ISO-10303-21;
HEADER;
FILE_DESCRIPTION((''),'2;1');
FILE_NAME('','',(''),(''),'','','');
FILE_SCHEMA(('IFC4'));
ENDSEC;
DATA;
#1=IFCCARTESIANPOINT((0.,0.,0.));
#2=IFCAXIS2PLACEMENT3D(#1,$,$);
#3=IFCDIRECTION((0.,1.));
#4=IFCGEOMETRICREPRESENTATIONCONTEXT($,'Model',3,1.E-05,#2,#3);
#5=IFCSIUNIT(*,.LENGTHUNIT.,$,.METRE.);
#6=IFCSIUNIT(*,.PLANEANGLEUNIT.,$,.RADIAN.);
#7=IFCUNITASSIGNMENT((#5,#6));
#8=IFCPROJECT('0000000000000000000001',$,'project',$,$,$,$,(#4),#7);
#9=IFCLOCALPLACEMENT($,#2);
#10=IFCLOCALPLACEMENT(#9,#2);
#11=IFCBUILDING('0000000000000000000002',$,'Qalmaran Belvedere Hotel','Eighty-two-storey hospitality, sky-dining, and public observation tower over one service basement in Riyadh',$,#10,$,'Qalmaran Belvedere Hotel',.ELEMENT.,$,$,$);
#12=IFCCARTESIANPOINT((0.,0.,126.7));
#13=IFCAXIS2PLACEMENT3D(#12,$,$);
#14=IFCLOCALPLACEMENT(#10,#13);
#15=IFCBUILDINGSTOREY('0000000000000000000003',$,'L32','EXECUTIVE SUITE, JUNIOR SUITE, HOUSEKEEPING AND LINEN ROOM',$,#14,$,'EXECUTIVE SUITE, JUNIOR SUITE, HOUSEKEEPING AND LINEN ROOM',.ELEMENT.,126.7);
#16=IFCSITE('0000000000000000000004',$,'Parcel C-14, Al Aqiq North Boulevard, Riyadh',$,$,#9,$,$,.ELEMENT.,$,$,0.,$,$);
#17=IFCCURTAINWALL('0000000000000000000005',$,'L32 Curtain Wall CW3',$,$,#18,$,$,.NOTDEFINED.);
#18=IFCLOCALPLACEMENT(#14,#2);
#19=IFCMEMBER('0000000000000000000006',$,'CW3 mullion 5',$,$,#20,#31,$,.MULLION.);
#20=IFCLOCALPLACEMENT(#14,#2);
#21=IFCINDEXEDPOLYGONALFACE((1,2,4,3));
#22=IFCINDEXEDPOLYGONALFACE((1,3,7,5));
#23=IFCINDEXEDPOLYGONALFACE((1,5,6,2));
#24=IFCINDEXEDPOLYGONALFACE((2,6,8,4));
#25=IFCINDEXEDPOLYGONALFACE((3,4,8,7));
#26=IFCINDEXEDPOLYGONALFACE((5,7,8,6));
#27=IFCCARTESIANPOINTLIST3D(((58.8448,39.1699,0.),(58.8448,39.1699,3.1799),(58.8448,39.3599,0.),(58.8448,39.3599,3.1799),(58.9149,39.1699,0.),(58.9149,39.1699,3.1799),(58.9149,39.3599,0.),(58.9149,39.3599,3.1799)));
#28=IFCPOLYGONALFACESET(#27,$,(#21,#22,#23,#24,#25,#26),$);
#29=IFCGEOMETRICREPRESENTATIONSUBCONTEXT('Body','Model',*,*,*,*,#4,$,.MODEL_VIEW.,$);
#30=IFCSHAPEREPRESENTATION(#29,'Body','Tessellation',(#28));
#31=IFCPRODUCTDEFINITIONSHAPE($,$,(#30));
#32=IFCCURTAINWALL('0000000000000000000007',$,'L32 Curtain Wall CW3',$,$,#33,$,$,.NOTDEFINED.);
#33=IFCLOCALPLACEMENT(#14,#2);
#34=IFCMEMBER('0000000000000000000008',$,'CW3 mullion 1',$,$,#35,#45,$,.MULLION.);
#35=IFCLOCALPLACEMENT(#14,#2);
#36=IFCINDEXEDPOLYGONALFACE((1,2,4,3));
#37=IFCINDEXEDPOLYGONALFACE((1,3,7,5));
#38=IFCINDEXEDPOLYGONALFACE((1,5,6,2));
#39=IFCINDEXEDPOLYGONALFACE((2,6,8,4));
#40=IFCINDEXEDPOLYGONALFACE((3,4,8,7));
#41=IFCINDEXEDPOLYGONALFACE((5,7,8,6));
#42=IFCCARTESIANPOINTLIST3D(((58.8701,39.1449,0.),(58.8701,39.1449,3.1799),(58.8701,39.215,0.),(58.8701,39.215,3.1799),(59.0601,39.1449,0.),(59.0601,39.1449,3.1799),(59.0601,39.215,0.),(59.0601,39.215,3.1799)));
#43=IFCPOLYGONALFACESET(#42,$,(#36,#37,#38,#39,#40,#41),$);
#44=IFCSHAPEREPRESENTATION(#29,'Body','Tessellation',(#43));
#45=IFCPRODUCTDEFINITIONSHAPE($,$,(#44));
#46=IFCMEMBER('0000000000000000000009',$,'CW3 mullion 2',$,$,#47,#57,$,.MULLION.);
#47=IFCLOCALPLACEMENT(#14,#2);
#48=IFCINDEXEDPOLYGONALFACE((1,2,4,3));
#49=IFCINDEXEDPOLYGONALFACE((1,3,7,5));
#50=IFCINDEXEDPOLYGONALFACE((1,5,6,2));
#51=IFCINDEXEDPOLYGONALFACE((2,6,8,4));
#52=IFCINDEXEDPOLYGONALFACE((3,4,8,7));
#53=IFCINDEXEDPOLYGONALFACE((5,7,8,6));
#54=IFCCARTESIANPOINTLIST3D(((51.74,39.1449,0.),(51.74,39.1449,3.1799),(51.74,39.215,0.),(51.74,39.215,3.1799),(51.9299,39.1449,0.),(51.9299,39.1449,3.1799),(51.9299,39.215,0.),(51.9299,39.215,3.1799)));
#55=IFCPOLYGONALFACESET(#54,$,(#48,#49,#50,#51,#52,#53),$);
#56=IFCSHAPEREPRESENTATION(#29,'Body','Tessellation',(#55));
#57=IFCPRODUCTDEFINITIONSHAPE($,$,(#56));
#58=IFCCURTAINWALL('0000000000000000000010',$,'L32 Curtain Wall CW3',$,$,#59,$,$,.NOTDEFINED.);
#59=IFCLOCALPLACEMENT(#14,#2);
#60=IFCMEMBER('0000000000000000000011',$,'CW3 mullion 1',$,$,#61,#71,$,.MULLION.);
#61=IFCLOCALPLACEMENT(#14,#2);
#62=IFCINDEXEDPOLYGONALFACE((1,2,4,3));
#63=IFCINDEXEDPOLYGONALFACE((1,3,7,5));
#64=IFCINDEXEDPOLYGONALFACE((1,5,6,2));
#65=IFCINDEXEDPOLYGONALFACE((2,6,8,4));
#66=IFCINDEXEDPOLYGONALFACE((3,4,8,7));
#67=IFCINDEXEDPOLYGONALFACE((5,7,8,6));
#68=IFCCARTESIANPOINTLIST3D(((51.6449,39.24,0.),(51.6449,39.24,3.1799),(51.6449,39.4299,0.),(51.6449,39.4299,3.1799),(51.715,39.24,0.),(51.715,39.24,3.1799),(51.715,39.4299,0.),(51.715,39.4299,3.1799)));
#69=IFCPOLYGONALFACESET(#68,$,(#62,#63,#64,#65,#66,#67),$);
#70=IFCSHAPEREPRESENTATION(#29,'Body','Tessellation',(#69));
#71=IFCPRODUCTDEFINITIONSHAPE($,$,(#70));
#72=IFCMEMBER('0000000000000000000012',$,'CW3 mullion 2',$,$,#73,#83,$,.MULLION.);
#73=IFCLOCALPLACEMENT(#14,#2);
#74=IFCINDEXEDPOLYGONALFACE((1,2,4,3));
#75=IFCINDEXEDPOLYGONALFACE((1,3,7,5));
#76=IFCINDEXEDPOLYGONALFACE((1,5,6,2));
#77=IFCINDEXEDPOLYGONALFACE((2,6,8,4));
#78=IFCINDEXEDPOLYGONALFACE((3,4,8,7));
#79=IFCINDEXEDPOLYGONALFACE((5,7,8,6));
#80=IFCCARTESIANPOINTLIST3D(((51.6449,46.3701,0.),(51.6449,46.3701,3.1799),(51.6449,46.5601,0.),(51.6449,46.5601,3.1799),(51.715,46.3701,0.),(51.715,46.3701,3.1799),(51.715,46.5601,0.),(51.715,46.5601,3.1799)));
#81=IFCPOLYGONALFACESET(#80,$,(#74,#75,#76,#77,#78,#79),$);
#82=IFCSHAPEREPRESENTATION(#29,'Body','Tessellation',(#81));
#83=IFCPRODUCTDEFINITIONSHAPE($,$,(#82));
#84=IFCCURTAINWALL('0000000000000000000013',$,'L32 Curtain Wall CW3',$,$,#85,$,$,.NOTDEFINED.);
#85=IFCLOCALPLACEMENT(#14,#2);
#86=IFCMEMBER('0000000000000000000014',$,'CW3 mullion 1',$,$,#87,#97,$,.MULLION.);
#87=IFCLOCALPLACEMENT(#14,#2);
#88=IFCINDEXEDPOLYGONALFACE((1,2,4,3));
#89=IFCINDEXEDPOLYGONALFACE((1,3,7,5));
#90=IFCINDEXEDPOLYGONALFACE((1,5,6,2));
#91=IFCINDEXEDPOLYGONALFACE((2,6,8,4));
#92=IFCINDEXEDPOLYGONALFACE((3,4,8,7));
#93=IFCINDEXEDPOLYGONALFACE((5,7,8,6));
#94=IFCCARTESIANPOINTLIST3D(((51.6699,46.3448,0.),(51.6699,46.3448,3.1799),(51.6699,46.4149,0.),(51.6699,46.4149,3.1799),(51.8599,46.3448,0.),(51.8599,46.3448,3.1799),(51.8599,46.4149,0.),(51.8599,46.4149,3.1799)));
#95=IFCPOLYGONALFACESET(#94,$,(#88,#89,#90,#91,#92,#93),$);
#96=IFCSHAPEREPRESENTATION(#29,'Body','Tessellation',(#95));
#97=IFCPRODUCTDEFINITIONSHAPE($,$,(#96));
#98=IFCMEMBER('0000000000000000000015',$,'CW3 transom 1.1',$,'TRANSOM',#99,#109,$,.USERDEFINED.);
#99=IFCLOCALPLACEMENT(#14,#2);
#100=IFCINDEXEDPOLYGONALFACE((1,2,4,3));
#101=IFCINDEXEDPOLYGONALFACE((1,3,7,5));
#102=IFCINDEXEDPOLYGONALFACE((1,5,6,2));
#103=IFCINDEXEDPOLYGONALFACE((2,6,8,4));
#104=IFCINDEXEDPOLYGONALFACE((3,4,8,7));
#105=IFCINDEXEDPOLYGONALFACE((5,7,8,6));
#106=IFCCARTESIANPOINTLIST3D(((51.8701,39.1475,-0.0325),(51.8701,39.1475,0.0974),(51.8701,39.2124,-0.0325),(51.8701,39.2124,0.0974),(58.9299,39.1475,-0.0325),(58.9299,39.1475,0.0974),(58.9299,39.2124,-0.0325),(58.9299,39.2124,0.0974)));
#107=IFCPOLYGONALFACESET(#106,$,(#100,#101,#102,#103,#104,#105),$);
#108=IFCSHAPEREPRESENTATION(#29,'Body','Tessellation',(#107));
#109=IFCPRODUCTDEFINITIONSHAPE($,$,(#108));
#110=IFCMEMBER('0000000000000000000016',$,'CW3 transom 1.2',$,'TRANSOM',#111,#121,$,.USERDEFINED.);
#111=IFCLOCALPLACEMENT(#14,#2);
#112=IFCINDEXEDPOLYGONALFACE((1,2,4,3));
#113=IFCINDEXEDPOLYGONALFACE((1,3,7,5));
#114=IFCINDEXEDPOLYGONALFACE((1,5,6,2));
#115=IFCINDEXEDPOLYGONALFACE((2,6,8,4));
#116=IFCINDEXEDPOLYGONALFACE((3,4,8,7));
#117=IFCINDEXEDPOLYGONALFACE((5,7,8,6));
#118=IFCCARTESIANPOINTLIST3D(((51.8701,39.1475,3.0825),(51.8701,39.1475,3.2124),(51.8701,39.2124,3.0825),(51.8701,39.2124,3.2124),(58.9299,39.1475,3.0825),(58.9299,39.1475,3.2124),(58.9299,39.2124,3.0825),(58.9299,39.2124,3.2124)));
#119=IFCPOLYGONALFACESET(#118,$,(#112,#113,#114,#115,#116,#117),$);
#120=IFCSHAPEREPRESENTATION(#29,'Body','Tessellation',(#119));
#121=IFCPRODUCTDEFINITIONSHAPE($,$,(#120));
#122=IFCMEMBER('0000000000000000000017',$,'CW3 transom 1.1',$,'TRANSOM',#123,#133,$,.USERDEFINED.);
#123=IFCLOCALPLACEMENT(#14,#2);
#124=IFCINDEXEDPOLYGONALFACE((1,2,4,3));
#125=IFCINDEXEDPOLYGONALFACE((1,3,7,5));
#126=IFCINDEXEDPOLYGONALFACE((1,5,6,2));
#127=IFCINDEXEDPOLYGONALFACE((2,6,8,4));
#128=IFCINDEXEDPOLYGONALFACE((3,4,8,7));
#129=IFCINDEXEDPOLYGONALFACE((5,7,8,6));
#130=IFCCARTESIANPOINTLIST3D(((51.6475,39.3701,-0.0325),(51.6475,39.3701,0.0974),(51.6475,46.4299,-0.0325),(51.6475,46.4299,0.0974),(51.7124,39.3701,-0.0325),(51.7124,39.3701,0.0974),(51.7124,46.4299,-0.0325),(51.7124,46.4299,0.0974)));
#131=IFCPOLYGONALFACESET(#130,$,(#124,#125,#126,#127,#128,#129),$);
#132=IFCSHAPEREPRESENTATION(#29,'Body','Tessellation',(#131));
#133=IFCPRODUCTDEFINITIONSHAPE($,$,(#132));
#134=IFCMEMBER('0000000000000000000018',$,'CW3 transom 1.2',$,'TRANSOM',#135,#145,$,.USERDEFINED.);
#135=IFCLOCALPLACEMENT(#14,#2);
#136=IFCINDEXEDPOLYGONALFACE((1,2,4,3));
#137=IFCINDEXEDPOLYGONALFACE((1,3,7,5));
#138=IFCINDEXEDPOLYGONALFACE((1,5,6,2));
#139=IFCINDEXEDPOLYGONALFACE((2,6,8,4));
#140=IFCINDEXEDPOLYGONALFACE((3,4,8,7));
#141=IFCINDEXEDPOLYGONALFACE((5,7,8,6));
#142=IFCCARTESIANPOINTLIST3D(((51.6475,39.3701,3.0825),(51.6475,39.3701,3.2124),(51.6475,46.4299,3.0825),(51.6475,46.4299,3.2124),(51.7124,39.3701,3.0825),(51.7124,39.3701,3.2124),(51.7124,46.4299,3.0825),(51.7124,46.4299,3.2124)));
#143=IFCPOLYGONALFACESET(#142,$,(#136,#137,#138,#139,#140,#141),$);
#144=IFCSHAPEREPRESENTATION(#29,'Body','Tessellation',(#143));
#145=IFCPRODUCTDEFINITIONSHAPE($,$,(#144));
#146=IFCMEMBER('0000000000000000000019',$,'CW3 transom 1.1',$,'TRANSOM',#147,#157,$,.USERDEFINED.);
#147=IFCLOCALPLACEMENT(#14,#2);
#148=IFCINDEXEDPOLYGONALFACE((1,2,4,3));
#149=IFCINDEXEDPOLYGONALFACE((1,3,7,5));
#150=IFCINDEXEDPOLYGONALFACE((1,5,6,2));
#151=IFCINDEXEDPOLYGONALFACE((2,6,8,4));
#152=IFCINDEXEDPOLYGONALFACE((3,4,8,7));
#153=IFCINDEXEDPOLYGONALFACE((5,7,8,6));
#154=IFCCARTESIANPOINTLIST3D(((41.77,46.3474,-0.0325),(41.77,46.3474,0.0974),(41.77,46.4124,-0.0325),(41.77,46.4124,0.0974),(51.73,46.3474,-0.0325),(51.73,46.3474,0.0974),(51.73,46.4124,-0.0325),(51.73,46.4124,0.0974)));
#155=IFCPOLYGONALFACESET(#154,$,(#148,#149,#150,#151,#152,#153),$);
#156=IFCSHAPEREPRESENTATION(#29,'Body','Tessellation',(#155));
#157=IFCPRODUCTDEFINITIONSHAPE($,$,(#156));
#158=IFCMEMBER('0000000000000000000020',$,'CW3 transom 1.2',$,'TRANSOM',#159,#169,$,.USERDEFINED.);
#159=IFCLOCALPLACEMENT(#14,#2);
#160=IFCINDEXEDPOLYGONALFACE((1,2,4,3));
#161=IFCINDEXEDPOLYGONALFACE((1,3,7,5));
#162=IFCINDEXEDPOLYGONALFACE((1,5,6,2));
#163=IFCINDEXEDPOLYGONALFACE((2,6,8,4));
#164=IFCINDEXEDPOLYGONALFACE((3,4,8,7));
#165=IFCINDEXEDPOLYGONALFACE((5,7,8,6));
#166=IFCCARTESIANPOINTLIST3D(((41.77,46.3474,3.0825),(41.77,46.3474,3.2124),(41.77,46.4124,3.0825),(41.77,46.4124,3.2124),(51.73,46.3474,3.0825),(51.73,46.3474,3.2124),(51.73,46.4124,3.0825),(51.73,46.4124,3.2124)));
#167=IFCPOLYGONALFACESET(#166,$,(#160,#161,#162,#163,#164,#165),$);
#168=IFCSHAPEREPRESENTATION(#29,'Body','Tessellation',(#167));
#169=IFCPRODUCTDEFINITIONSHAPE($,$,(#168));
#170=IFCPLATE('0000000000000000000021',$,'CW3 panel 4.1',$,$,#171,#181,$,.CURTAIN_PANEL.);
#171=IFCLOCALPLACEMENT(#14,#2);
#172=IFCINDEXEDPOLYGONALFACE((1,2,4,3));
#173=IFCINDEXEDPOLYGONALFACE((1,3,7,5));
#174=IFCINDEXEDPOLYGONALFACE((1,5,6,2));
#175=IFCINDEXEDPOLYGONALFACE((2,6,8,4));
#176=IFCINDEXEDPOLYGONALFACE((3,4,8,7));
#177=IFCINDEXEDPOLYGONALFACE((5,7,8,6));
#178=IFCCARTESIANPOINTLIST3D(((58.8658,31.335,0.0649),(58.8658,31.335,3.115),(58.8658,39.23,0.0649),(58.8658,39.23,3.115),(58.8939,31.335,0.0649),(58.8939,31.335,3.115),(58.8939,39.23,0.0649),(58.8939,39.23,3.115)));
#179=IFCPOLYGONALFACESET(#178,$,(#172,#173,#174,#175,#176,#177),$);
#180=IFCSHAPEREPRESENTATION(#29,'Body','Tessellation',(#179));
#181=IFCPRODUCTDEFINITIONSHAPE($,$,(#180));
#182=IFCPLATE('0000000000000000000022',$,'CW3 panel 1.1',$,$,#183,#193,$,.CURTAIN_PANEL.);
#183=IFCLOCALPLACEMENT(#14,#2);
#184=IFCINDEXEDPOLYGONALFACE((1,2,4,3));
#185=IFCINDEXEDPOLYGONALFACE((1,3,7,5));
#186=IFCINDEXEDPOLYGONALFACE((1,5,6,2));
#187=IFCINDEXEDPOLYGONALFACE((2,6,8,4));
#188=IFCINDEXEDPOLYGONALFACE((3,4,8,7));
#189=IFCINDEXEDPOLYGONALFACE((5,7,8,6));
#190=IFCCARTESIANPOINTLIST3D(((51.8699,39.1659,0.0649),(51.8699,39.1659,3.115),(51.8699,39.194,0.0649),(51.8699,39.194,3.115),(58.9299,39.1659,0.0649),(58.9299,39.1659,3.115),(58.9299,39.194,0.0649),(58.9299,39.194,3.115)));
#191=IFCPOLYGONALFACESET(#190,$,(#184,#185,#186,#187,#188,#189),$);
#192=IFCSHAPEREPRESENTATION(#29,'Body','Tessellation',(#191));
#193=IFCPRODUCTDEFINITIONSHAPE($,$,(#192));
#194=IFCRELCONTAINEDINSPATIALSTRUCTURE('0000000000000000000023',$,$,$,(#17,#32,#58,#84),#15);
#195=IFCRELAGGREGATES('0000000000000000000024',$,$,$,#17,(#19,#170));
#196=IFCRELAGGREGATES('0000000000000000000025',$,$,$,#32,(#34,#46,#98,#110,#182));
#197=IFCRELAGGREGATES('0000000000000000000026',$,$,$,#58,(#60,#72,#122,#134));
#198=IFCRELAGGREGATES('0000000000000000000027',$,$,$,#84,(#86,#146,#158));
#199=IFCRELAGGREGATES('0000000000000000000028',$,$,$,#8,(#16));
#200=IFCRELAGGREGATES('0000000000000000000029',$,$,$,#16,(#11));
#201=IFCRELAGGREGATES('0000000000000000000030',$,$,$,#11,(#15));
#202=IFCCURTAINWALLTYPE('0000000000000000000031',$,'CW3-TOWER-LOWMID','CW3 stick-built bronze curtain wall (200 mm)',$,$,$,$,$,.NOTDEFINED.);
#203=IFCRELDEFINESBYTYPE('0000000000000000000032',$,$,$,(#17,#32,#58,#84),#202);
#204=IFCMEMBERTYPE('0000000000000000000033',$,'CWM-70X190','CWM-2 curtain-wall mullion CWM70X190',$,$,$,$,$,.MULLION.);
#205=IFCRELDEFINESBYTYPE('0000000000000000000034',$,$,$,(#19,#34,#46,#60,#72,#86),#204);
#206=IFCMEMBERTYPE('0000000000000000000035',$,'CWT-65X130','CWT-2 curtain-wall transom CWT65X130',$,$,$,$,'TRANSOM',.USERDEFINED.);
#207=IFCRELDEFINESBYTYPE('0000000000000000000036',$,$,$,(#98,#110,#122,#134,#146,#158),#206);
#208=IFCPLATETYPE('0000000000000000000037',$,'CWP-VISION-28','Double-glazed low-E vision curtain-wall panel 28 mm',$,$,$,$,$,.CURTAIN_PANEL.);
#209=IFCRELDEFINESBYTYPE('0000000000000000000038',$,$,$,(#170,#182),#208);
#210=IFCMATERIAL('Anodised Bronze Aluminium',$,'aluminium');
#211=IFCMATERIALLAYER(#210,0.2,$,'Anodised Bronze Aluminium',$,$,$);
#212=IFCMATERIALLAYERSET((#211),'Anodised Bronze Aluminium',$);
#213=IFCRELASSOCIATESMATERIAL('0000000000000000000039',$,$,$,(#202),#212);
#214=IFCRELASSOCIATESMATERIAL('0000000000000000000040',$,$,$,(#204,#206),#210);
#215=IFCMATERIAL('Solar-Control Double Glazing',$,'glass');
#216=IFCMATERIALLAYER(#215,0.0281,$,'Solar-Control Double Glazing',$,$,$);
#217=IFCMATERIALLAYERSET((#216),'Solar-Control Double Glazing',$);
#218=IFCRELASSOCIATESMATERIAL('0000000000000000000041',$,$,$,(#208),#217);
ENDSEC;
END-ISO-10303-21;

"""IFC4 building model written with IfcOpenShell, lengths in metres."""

from ifc_helpers import new_model, si_unit, direction, frame, origin, origin_2d, place, context, subcontext, project, spatial, rectangle, extrude, material, layer, layer_set, material_profile, profile_set, type_object, element, aggregate, save


model = new_model("IFC4")

# Units and contexts
model_context = context("Model", 3, precision=1e-05, world=origin(), true_north=direction((0.0, 1.0)))
body_context = subcontext(model_context, "Body", "Model", "MODEL_VIEW")
ifc_project = project(units=[si_unit("LENGTHUNIT", "METRE"), si_unit("PLANEANGLEUNIT", "RADIAN")], contexts=[model_context])

# Site, building, storey
site_placement = place(None, origin())
site = spatial("IfcSite", under=ifc_project, at=site_placement, Name="Parcel C-14, Al Aqiq North Boulevard, Riyadh", CompositionType="ELEMENT", RefElevation=0.0)
building_placement = place(site_placement, origin())
building = spatial("IfcBuilding", under=site, at=building_placement, Name="Qalmaran Belvedere Hotel", Description="Eighty-two-storey hospitality, sky-dining, and public observation tower over one service basement in Riyadh", LongName="Qalmaran Belvedere Hotel", CompositionType="ELEMENT")
storey_placement = place(building_placement, frame((0.0, 0.0, 126.7)))
storey = spatial("IfcBuildingStorey", under=building, at=storey_placement, Name="L32", Description="EXECUTIVE SUITE, JUNIOR SUITE, HOUSEKEEPING AND LINEN ROOM", LongName="EXECUTIVE SUITE, JUNIOR SUITE, HOUSEKEEPING AND LINEN ROOM", CompositionType="ELEMENT", Elevation=126.7)

# Curtain wall, member
ifc_material_1 = material(Name="Anodised Bronze Aluminium", Category="aluminium")
ifc_layer_1 = layer(ifc_material_1, 0.2, Name="Anodised Bronze Aluminium")
ifc_layer_set_1 = layer_set([ifc_layer_1], Name="Anodised Bronze Aluminium")
curtain_wall_type = type_object("IfcCurtainWallType", Name="CW3-TOWER-LOWMID", Description="CW3 stick-built bronze curtain wall (200 mm)", PredefinedType="NOTDEFINED", material=ifc_layer_set_1)
curtain_wall_1_placement = place(storey_placement, origin())
curtain_wall_1 = element("IfcCurtainWall", 1, at=curtain_wall_1_placement, inside=storey, type_object=curtain_wall_type, Name="L32 Curtain Wall CW3", PredefinedType="NOTDEFINED")
ifc_material_profile_1 = material_profile(ifc_material_1, rectangle(XDim=0.0701, YDim=0.1899, at=origin_2d()), Name="CWM70X190")
ifc_profile_set_1 = profile_set([ifc_material_profile_1], Name="Anodised Bronze Aluminium")
member_type_1 = type_object("IfcMemberType", Name="CWM-70X190", Description="CWM-2 curtain-wall mullion CWM70X190", PredefinedType="MULLION", material=ifc_profile_set_1)
member_1_placement = place(storey_placement, frame((58.8799, 39.2649, 0.0), z_axis=(0.0, 0.0, 1.0), x_axis=(-1.0, 0.0, 0.0)))
member_1 = element("IfcMember", 2, at=member_1_placement, type_object=member_type_1, Name="CW3 mullion 5", PredefinedType="MULLION", context=body_context, shape_type="SweptSolid", body=[
    extrude(rectangle(XDim=0.0701, YDim=0.1899, at=origin_2d()), origin(), (0.0, 0.0, 1.0), 3.1799),
])

# Curtain walls, members
curtain_wall_2_placement = place(storey_placement, origin())
curtain_wall_2 = element("IfcCurtainWall", 3, at=curtain_wall_2_placement, inside=storey, type_object=curtain_wall_type, Name="L32 Curtain Wall CW3", PredefinedType="NOTDEFINED")
member_2_placement = place(storey_placement, frame((58.9651, 39.1799, 0.0), z_axis=(0.0, 0.0, 1.0), x_axis=(0.0, -1.0, 0.0)))
member_2 = element("IfcMember", 4, at=member_2_placement, type_object=member_type_1, Name="CW3 mullion 1", PredefinedType="MULLION", context=body_context, shape_type="SweptSolid", body=[
    extrude(rectangle(XDim=0.0701, YDim=0.1899, at=origin_2d()), origin(), (0.0, 0.0, 1.0), 3.1799),
])
member_3_placement = place(storey_placement, frame((51.835, 39.1799, 0.0), z_axis=(0.0, 0.0, 1.0), x_axis=(0.0, -1.0, 0.0)))
member_3 = element("IfcMember", 5, at=member_3_placement, type_object=member_type_1, Name="CW3 mullion 2", PredefinedType="MULLION", context=body_context, shape_type="SweptSolid", body=[
    extrude(rectangle(XDim=0.0701, YDim=0.1899, at=origin_2d()), origin(), (0.0, 0.0, 1.0), 3.1799),
])
curtain_wall_3_placement = place(storey_placement, origin())
curtain_wall_3 = element("IfcCurtainWall", 6, at=curtain_wall_3_placement, inside=storey, type_object=curtain_wall_type, Name="L32 Curtain Wall CW3", PredefinedType="NOTDEFINED")
member_4_placement = place(storey_placement, frame((51.6799, 39.335, 0.0), z_axis=(0.0, 0.0, 1.0), x_axis=(-1.0, 0.0, 0.0)))
member_4 = element("IfcMember", 7, at=member_4_placement, type_object=member_type_1, Name="CW3 mullion 1", PredefinedType="MULLION", context=body_context, shape_type="SweptSolid", body=[
    extrude(rectangle(XDim=0.0701, YDim=0.1899, at=origin_2d()), origin(), (0.0, 0.0, 1.0), 3.1799),
])
member_5_placement = place(storey_placement, frame((51.6799, 46.4651, 0.0), z_axis=(0.0, 0.0, 1.0), x_axis=(-1.0, 0.0, 0.0)))
member_5 = element("IfcMember", 8, at=member_5_placement, type_object=member_type_1, Name="CW3 mullion 2", PredefinedType="MULLION", context=body_context, shape_type="SweptSolid", body=[
    extrude(rectangle(XDim=0.0701, YDim=0.1899, at=origin_2d()), origin(), (0.0, 0.0, 1.0), 3.1799),
])

# Curtain wall, member
curtain_wall_4_placement = place(storey_placement, origin())
curtain_wall_4 = element("IfcCurtainWall", 9, at=curtain_wall_4_placement, inside=storey, type_object=curtain_wall_type, Name="L32 Curtain Wall CW3", PredefinedType="NOTDEFINED")
member_6_placement = place(storey_placement, frame((51.7649, 46.3799, 0.0), z_axis=(0.0, 0.0, 1.0), x_axis=(0.0, -1.0, 0.0)))
member_6 = element("IfcMember", 10, at=member_6_placement, type_object=member_type_1, Name="CW3 mullion 1", PredefinedType="MULLION", context=body_context, shape_type="SweptSolid", body=[
    extrude(rectangle(XDim=0.0701, YDim=0.1899, at=origin_2d()), origin(), (0.0, 0.0, 1.0), 3.1799),
])

# Members
ifc_material_profile_2 = material_profile(ifc_material_1, rectangle(XDim=0.0649, YDim=0.1299, at=origin_2d()), Name="CWT65X130")
ifc_profile_set_2 = profile_set([ifc_material_profile_2], Name="Anodised Bronze Aluminium")
member_type_2 = type_object("IfcMemberType", Name="CWT-65X130", Description="CWT-2 curtain-wall transom CWT65X130", ElementType="TRANSOM", PredefinedType="USERDEFINED", material=ifc_profile_set_2)
member_7_placement = place(storey_placement, frame((58.9299, 39.1799, 0.0325), z_axis=(-1.0, 0.0, 0.0), x_axis=(0.0, -1.0, 0.0)))
member_7 = element("IfcMember", 11, at=member_7_placement, type_object=member_type_2, Name="CW3 transom 1.1", ObjectType="TRANSOM", PredefinedType="USERDEFINED", context=body_context, shape_type="SweptSolid", body=[
    extrude(rectangle(XDim=0.0649, YDim=0.1299, at=origin_2d()), origin(), (0.0, 0.0, 1.0), 7.0598),
])
member_8_placement = place(storey_placement, frame((58.9299, 39.1799, 3.1475), z_axis=(-1.0, 0.0, 0.0), x_axis=(0.0, -1.0, 0.0)))
member_8 = element("IfcMember", 12, at=member_8_placement, type_object=member_type_2, Name="CW3 transom 1.2", ObjectType="TRANSOM", PredefinedType="USERDEFINED", context=body_context, shape_type="SweptSolid", body=[
    extrude(rectangle(XDim=0.0649, YDim=0.1299, at=origin_2d()), origin(), (0.0, 0.0, 1.0), 7.0598),
])
member_9_placement = place(storey_placement, frame((51.6799, 39.3701, 0.0325), z_axis=(0.0, 1.0, 0.0), x_axis=(-1.0, 0.0, 0.0)))
member_9 = element("IfcMember", 13, at=member_9_placement, type_object=member_type_2, Name="CW3 transom 1.1", ObjectType="TRANSOM", PredefinedType="USERDEFINED", context=body_context, shape_type="SweptSolid", body=[
    extrude(rectangle(XDim=0.0649, YDim=0.1299, at=origin_2d()), origin(), (0.0, 0.0, 1.0), 7.0598),
])
member_10_placement = place(storey_placement, frame((51.6799, 39.3701, 3.1475), z_axis=(0.0, 1.0, 0.0), x_axis=(-1.0, 0.0, 0.0)))
member_10 = element("IfcMember", 14, at=member_10_placement, type_object=member_type_2, Name="CW3 transom 1.2", ObjectType="TRANSOM", PredefinedType="USERDEFINED", context=body_context, shape_type="SweptSolid", body=[
    extrude(rectangle(XDim=0.0649, YDim=0.1299, at=origin_2d()), origin(), (0.0, 0.0, 1.0), 7.0598),
])
member_11_placement = place(storey_placement, frame((51.73, 46.3799, 0.0325), z_axis=(-1.0, 0.0, 0.0), x_axis=(0.0, -1.0, 0.0)))
member_11 = element("IfcMember", 15, at=member_11_placement, type_object=member_type_2, Name="CW3 transom 1.1", ObjectType="TRANSOM", PredefinedType="USERDEFINED", context=body_context, shape_type="SweptSolid", body=[
    extrude(rectangle(XDim=0.0649, YDim=0.1299, at=origin_2d()), origin(), (0.0, 0.0, 1.0), 9.96),
])
member_12_placement = place(storey_placement, frame((51.73, 46.3799, 3.1475), z_axis=(-1.0, 0.0, 0.0), x_axis=(0.0, -1.0, 0.0)))
member_12 = element("IfcMember", 16, at=member_12_placement, type_object=member_type_2, Name="CW3 transom 1.2", ObjectType="TRANSOM", PredefinedType="USERDEFINED", context=body_context, shape_type="SweptSolid", body=[
    extrude(rectangle(XDim=0.0649, YDim=0.1299, at=origin_2d()), origin(), (0.0, 0.0, 1.0), 9.96),
])

# Plates
ifc_material_2 = material(Name="Solar-Control Double Glazing", Category="glass")
ifc_layer_2 = layer(ifc_material_2, 0.0281, Name="Solar-Control Double Glazing")
ifc_layer_set_2 = layer_set([ifc_layer_2], Name="Solar-Control Double Glazing")
plate_type = type_object("IfcPlateType", Name="CWP-VISION-28", Description="Double-glazed low-E vision curtain-wall panel 28 mm", PredefinedType="CURTAIN_PANEL", material=ifc_layer_set_2)
plate_1_placement = place(storey_placement, frame((58.8799, 35.2825, 0.0649), z_axis=(0.0, 0.0, 1.0), x_axis=(0.0, 1.0, 0.0)))
plate_1 = element("IfcPlate", 17, at=plate_1_placement, type_object=plate_type, Name="CW3 panel 4.1", PredefinedType="CURTAIN_PANEL", context=body_context, shape_type="SweptSolid", body=[
    extrude(rectangle(XDim=7.895, YDim=0.0281, at=origin_2d()), origin(), (0.0, 0.0, 1.0), 3.05),
])
aggregate(curtain_wall_1, [member_1, plate_1])
plate_2_placement = place(storey_placement, frame((55.3999, 39.1799, 0.0649), z_axis=(0.0, 0.0, 1.0), x_axis=(-1.0, 0.0, 0.0)))
plate_2 = element("IfcPlate", 18, at=plate_2_placement, type_object=plate_type, Name="CW3 panel 1.1", PredefinedType="CURTAIN_PANEL", context=body_context, shape_type="SweptSolid", body=[
    extrude(rectangle(XDim=7.0601, YDim=0.0281, at=origin_2d()), origin(), (0.0, 0.0, 1.0), 3.05),
])
aggregate(curtain_wall_2, [member_2, member_3, member_7, member_8, plate_2])
aggregate(curtain_wall_3, [member_4, member_5, member_9, member_10])
aggregate(curtain_wall_4, [member_6, member_11, member_12])

save(model, "model.ifc")
